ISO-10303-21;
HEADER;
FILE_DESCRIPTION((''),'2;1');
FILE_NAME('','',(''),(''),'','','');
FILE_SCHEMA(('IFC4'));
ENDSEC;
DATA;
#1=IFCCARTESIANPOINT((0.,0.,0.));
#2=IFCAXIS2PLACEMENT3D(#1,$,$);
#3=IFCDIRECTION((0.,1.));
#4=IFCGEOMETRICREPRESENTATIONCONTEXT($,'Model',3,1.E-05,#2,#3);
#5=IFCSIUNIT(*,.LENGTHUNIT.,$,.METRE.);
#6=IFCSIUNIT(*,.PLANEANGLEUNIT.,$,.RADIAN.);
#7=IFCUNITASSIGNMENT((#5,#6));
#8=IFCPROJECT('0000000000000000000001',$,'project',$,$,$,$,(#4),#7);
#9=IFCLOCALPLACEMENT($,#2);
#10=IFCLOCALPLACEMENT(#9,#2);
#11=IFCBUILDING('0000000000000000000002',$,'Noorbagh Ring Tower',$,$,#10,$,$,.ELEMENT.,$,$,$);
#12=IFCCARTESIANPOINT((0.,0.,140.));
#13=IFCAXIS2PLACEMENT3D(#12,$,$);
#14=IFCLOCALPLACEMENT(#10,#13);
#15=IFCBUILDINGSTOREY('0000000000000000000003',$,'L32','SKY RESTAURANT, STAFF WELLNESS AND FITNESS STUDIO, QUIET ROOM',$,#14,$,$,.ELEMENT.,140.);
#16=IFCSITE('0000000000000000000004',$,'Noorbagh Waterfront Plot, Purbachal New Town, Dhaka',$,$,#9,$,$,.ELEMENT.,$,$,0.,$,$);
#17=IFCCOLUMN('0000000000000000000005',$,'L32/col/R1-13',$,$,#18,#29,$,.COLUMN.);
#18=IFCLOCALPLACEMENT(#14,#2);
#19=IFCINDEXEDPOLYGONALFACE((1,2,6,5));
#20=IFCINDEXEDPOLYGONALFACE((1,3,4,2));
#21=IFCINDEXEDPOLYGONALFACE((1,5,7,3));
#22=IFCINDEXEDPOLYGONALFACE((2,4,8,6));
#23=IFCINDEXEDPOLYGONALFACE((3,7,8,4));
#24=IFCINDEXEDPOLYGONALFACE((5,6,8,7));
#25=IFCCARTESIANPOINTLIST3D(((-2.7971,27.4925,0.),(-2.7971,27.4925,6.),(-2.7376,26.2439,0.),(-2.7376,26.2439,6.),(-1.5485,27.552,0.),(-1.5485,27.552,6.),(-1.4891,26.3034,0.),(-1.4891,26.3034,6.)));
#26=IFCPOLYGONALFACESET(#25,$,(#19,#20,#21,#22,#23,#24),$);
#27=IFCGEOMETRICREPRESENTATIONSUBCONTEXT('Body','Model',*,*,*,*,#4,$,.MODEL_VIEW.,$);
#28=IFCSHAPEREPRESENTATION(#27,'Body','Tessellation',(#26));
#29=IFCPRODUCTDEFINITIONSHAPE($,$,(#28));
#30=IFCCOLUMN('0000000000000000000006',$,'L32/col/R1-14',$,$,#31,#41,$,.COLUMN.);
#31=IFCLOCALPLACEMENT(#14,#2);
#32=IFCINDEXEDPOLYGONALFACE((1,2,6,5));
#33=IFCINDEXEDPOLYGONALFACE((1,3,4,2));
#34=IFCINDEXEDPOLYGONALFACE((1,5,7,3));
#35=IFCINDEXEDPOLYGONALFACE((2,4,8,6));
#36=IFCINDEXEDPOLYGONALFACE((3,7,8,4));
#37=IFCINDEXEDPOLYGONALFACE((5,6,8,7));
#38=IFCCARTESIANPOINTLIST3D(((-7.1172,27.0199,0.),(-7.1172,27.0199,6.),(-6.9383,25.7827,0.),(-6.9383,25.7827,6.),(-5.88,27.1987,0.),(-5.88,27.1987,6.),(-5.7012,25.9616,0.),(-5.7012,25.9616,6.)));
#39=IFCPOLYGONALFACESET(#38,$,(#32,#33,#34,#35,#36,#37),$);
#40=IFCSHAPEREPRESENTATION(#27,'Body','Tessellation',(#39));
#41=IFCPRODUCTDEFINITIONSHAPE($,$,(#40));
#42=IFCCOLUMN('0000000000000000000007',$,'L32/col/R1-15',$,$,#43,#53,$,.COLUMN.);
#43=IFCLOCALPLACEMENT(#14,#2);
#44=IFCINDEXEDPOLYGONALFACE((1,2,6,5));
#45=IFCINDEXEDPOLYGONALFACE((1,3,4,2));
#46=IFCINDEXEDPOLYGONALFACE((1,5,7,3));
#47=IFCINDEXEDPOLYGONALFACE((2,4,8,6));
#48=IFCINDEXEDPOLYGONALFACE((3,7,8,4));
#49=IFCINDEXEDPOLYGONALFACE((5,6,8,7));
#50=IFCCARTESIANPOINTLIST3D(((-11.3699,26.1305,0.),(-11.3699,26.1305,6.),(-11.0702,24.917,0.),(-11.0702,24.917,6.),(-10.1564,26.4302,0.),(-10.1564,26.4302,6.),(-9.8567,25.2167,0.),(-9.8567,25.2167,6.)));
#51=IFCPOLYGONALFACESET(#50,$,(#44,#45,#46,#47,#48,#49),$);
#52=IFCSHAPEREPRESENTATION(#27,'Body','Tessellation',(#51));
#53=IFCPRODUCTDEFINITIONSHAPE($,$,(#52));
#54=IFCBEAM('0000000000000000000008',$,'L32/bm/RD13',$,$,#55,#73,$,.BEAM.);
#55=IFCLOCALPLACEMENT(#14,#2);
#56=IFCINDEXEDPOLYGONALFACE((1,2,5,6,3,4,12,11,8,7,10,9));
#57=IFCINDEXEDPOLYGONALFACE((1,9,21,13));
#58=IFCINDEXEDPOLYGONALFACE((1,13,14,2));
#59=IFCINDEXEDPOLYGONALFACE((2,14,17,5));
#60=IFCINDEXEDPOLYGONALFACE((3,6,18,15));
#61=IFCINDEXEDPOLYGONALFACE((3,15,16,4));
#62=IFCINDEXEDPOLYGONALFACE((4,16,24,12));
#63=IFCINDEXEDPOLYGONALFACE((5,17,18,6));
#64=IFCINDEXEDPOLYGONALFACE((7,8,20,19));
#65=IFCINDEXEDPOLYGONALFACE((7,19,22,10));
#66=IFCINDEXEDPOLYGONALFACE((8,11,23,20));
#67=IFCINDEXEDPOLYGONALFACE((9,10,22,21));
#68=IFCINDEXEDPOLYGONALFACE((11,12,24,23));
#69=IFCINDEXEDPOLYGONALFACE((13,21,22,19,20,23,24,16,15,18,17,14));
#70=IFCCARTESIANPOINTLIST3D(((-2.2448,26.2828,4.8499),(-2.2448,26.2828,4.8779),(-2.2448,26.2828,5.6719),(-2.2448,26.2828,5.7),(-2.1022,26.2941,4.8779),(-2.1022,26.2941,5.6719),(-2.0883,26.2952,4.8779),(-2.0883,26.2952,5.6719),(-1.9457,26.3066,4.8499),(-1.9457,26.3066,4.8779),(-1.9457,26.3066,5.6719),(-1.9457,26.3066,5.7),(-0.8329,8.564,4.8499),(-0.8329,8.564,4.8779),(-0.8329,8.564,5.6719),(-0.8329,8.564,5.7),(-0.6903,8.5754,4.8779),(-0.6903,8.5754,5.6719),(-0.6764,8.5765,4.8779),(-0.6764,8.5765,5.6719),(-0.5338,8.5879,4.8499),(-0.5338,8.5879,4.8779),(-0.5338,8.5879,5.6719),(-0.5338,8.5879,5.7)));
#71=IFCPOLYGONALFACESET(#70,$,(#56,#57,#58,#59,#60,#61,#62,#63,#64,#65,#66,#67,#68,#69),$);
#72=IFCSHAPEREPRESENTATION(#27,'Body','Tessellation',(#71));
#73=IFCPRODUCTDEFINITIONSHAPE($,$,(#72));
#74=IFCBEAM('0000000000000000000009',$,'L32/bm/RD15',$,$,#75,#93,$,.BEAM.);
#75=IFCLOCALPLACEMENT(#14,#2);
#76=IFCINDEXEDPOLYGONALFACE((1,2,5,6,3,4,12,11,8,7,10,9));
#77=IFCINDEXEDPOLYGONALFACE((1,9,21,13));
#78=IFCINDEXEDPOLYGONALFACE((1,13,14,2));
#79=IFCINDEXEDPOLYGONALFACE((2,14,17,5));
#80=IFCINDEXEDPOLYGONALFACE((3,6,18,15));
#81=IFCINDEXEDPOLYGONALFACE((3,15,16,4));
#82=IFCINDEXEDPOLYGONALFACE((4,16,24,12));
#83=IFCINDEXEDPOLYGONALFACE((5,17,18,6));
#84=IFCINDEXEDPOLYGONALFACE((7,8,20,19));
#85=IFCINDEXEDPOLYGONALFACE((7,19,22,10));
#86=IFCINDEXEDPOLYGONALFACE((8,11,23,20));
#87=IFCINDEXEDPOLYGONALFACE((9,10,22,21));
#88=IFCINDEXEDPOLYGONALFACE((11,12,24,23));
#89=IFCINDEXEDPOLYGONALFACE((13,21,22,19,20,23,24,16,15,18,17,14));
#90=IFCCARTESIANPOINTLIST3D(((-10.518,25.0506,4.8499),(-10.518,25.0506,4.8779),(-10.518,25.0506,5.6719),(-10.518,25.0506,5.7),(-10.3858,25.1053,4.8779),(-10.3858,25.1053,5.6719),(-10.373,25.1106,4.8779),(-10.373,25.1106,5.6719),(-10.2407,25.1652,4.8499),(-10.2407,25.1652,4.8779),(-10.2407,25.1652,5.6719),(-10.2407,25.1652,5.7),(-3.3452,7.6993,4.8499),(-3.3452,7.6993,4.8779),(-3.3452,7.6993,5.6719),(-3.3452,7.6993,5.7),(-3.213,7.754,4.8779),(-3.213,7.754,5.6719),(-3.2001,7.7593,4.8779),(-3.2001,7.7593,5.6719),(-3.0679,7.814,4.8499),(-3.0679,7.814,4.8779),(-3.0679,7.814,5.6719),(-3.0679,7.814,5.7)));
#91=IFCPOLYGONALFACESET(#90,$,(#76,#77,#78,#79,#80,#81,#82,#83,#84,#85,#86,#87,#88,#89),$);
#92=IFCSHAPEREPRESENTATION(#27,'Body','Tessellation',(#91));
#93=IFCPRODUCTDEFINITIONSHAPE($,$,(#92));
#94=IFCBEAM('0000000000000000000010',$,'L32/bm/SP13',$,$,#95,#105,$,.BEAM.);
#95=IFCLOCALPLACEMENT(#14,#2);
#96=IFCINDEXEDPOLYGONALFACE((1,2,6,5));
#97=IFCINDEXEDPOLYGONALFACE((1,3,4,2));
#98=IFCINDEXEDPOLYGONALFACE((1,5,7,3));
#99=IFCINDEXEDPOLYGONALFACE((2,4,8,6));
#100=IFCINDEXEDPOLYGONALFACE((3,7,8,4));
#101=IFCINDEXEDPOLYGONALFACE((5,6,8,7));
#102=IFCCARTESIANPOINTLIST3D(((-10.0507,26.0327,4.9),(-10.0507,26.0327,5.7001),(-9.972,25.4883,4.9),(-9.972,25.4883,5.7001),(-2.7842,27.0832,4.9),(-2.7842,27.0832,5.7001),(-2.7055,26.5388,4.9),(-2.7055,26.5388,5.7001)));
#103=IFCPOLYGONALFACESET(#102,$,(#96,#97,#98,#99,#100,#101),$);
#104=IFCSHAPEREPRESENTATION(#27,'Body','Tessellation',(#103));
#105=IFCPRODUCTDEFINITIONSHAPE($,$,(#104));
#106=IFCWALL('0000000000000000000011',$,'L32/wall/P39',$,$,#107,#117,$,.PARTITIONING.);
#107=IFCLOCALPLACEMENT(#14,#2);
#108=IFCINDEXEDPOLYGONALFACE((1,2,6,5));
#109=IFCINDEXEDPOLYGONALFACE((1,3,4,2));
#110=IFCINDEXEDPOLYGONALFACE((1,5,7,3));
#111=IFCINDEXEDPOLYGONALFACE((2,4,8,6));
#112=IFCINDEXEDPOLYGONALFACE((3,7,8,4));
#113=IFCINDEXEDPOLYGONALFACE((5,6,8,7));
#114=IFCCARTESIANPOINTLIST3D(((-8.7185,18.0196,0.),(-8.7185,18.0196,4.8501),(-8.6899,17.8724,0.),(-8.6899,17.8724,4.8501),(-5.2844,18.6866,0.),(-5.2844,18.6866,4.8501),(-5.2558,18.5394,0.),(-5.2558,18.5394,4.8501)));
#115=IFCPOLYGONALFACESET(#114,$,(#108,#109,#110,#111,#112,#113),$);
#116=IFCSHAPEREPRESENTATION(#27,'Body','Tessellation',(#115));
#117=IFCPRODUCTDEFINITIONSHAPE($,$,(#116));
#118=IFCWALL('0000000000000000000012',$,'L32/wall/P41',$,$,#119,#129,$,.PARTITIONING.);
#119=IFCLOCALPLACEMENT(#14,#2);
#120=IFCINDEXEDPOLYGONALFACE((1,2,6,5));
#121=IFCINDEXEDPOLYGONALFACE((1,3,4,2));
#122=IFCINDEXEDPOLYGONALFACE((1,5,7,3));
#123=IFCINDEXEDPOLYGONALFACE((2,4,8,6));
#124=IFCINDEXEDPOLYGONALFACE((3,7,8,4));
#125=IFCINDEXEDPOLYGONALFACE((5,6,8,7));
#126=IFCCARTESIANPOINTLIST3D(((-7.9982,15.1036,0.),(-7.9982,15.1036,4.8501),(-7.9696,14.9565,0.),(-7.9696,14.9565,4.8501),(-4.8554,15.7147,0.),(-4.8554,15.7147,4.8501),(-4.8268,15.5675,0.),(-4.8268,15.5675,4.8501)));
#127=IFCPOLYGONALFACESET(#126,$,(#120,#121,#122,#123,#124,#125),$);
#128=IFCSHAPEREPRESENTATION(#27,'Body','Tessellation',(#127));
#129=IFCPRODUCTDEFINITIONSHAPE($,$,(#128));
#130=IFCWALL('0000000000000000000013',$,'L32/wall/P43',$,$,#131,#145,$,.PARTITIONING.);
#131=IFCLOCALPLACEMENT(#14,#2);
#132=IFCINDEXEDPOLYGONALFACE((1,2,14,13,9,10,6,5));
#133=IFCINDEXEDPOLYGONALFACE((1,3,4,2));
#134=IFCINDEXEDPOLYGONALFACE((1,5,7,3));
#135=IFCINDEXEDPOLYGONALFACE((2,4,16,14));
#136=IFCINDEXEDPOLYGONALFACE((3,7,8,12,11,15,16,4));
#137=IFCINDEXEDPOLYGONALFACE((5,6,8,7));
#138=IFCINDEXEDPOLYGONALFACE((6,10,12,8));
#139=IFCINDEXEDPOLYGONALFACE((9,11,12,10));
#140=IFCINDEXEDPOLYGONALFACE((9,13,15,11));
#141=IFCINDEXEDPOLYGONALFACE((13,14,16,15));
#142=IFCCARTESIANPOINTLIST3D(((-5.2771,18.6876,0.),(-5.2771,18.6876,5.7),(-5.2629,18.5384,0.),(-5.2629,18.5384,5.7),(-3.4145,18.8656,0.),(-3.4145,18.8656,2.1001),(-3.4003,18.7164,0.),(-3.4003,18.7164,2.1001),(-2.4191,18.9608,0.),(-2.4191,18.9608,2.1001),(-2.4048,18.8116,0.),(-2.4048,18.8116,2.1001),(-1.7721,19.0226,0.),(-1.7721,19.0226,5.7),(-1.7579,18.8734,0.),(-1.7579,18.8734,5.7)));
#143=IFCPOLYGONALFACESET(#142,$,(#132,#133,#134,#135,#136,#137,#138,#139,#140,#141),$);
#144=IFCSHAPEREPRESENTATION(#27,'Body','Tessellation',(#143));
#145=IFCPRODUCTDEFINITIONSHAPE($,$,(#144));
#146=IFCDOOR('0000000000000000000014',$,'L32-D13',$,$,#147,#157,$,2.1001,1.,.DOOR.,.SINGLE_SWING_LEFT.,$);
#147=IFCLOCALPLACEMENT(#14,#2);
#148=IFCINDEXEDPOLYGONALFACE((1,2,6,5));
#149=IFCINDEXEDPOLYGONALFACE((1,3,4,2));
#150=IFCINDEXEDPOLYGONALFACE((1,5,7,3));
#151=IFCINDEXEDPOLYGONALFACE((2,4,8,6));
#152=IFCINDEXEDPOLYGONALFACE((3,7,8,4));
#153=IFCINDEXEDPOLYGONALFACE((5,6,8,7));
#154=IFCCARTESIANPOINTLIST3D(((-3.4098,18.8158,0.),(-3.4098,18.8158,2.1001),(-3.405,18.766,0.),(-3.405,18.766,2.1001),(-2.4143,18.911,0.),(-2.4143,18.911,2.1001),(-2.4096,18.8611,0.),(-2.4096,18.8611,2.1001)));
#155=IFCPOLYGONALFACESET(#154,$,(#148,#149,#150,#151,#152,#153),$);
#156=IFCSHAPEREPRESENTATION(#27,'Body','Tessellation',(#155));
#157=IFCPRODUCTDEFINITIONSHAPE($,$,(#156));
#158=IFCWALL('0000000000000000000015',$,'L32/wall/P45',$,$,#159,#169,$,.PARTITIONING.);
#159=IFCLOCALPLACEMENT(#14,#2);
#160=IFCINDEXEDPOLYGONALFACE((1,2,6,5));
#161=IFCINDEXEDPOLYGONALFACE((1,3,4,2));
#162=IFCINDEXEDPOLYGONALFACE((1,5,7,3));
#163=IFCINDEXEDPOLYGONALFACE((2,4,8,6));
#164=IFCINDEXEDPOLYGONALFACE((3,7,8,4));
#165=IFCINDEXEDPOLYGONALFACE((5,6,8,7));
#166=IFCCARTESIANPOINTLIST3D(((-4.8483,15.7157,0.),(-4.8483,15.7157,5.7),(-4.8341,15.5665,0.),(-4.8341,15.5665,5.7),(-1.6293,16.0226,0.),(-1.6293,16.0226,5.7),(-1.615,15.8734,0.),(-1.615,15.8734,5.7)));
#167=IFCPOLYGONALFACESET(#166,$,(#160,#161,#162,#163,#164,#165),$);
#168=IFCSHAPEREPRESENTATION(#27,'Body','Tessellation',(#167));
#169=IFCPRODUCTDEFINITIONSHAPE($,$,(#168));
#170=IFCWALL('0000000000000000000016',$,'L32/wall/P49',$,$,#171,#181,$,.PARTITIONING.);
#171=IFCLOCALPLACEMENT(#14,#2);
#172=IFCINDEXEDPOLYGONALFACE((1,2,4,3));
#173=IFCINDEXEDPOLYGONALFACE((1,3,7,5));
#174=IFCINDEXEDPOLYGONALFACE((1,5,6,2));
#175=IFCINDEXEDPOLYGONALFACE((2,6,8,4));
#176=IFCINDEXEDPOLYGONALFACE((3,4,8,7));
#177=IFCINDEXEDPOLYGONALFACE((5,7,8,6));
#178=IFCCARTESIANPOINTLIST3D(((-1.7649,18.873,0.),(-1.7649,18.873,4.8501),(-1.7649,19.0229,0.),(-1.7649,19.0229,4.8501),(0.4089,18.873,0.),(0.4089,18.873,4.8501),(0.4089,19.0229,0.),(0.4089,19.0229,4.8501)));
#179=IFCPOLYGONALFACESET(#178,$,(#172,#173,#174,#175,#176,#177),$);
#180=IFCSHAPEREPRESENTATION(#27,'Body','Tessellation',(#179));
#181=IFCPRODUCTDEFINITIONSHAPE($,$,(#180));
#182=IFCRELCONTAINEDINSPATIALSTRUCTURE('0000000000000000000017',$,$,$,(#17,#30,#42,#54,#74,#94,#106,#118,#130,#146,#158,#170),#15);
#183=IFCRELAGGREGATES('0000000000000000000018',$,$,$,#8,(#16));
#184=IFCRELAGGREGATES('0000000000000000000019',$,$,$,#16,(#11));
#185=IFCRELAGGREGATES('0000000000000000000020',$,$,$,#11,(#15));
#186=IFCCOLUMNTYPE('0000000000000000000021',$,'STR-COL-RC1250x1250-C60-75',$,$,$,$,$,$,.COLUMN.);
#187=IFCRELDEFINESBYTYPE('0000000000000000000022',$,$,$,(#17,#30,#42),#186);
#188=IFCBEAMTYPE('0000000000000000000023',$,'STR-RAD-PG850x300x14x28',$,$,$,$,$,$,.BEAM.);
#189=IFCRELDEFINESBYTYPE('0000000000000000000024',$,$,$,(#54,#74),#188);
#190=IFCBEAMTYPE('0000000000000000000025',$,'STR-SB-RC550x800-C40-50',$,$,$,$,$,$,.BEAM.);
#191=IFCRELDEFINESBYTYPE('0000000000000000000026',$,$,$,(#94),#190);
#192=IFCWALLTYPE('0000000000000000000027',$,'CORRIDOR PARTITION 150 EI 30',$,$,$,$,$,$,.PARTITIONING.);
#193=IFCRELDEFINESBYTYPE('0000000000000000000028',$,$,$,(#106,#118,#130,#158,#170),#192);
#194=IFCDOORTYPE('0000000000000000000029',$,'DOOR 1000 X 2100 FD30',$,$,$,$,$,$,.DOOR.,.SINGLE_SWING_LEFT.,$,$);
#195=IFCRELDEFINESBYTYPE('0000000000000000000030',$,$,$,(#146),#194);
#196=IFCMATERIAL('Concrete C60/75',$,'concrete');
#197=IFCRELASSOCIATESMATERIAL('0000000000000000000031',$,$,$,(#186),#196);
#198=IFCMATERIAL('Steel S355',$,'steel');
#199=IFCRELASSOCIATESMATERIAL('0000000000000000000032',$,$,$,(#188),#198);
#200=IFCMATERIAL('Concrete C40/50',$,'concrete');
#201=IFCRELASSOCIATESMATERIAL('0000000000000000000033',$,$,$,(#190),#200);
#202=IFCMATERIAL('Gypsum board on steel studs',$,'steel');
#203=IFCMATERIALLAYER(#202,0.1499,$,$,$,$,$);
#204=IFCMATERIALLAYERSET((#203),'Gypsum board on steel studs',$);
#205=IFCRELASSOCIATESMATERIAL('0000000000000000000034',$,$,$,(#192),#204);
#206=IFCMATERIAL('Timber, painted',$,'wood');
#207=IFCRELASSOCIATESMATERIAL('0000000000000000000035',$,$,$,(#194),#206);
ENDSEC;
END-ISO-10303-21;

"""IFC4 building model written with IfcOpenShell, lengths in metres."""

from ifc_helpers import new_model, si_unit, direction, frame, frame_2d, origin, origin_2d, place, context, subcontext, project, spatial, rectangle, i_section, extrude, material, layer, layer_set, material_profile, profile_set, type_object, element, fill, save


model = new_model("IFC4")

# Units and contexts
model_context = context("Model", 3, precision=1e-05, world=origin(), true_north=direction((0.0, 1.0)))
body_context = subcontext(model_context, "Body", "Model", "MODEL_VIEW")
ifc_project = project(units=[si_unit("LENGTHUNIT", "METRE"), si_unit("PLANEANGLEUNIT", "RADIAN")], contexts=[model_context])

# Site, building, storey
site_placement = place(None, origin())
site = spatial("IfcSite", under=ifc_project, at=site_placement, Name="Noorbagh Waterfront Plot, Purbachal New Town, Dhaka", CompositionType="ELEMENT", RefElevation=0.0)
building_placement = place(site_placement, origin())
building = spatial("IfcBuilding", under=site, at=building_placement, Name="Noorbagh Ring Tower", CompositionType="ELEMENT")
storey_placement = place(building_placement, frame((0.0, 0.0, 140.0)))
storey = spatial("IfcBuildingStorey", under=building, at=storey_placement, Name="L32", Description="SKY RESTAURANT, STAFF WELLNESS AND FITNESS STUDIO, QUIET ROOM", CompositionType="ELEMENT", Elevation=140.0)

# Columns
ifc_material_1 = material(Name="Concrete C60/75", Category="concrete")
ifc_material_profile_1 = material_profile(ifc_material_1, rectangle(XDim=1.25, YDim=1.25, at=origin_2d()), Name="RC1250x1250")
ifc_profile_set_1 = profile_set([ifc_material_profile_1], Name="Concrete C60/75")
column_type = type_object("IfcColumnType", Name="STR-COL-RC1250x1250-C60-75", PredefinedType="COLUMN", material=ifc_profile_set_1)
for number, where, z_axis, x_axis, name in (
    (1, (-2.1431, 26.8979, 0.0), (0.0, 0.0, 1.0), (-0.998869, -0.047553, 0.0), "L32/col/R1-13"),
    (2, (-6.4092, 26.4907, 0.0), (0.0, 0.0, 1.0), (-0.989713, -0.143066, 0.0), "L32/col/R1-14"),
    (3, (-10.6133, 25.6736, 0.0), (0.0, 0.0, 1.0), (-0.970829, -0.239771, 0.0), "L32/col/R1-15"),
):
    element("IfcColumn", number, at=place(storey_placement, frame(where, z_axis=z_axis, x_axis=x_axis)), inside=storey, type_object=column_type, Name=name, PredefinedType="COLUMN", context=body_context, shape_type="SweptSolid", body=[
        extrude(rectangle(XDim=1.25, YDim=1.25, at=origin_2d()), origin(), (0.0, 0.0, 1.0), 6.0),
    ])

# Beams
ifc_material_2 = material(Name="Steel S355", Category="steel")
ifc_material_profile_2 = material_profile(ifc_material_2, i_section(OverallWidth=0.3, OverallDepth=0.8501, WebThickness=0.0139, FlangeThickness=0.0281, at=origin_2d()), Name="PG850x300x14x28")
ifc_profile_set_2 = profile_set([ifc_material_profile_2], Name="Steel S355")
beam_type_1 = type_object("IfcBeamType", Name="STR-RAD-PG850x300x14x28", PredefinedType="BEAM", material=ifc_profile_set_2)
beam_1_placement = place(storey_placement, frame((-2.0952, 26.2947, 5.2749), z_axis=(0.07943, -0.99684, 0.0), x_axis=(0.99684, 0.07943, 0.0)))
element("IfcBeam", 4, at=beam_1_placement, inside=storey, type_object=beam_type_1, Name="L32/bm/RD13", PredefinedType="BEAM", context=body_context, shape_type="SweptSolid", body=[
    extrude(i_section(OverallWidth=0.3, OverallDepth=0.8501, WebThickness=0.0139, FlangeThickness=0.0281, at=origin_2d()), origin(), (0.0, 0.0, 1.0), 17.7749),
])
beam_2_placement = place(storey_placement, frame((-10.3794, 25.1079, 5.2749), z_axis=(0.382033, -0.924149, 0.0), x_axis=(0.924149, 0.382033, 0.0)))
element("IfcBeam", 5, at=beam_2_placement, inside=storey, type_object=beam_type_1, Name="L32/bm/RD15", PredefinedType="BEAM", context=body_context, shape_type="SweptSolid", body=[
    extrude(i_section(OverallWidth=0.3, OverallDepth=0.8501, WebThickness=0.0139, FlangeThickness=0.0281, at=origin_2d()), origin(), (0.0, 0.0, 1.0), 18.7754),
])
ifc_material_3 = material(Name="Concrete C40/50", Category="concrete")
ifc_material_profile_3 = material_profile(ifc_material_3, rectangle(XDim=0.55, YDim=0.8, at=origin_2d()), Name="RC550x800")
ifc_profile_set_3 = profile_set([ifc_material_profile_3], Name="Concrete C40/50")
beam_type_2 = type_object("IfcBeamType", Name="STR-SB-RC550x800-C40-50", PredefinedType="BEAM", material=ifc_profile_set_3)
beam_3_placement = place(storey_placement, frame((-2.7449, 26.811, 5.3), z_axis=(-0.989711, -0.143083, 0.0), x_axis=(0.143083, -0.989711, 0.0)))
element("IfcBeam", 6, at=beam_3_placement, inside=storey, type_object=beam_type_2, Name="L32/bm/SP13", PredefinedType="BEAM", context=body_context, shape_type="SweptSolid", body=[
    extrude(rectangle(XDim=0.55, YDim=0.8, at=origin_2d()), origin(), (0.0, 0.0, 1.0), 7.342),
])

# Walls
ifc_material_4 = material(Name="Gypsum board on steel studs", Category="steel")
ifc_layer_1 = layer(ifc_material_4, 0.1499)
ifc_layer_set_1 = layer_set([ifc_layer_1], Name="Gypsum board on steel studs")
wall_type = type_object("IfcWallType", Name="CORRIDOR PARTITION 150 EI 30", PredefinedType="PARTITIONING", material=ifc_layer_set_1)
wall_1_placement = place(storey_placement, frame((-8.7041, 17.946, 0.0), z_axis=(0.0, 0.0, 1.0), x_axis=(0.981655, 0.190664, 0.0)))
element("IfcWall", 7, at=wall_1_placement, inside=storey, type_object=wall_type, Name="L32/wall/P39", PredefinedType="PARTITIONING", context=body_context, shape_type="SweptSolid", body=[
    extrude(rectangle(XDim=3.4983, YDim=0.1499, at=frame_2d((1.749, 0.0))), origin(), (0.0, 0.0, 1.0), 4.8501),
])
wall_2_placement = place(storey_placement, frame((-7.9839, 15.03, 0.0), z_axis=(0.0, 0.0, 1.0), x_axis=(0.981617, 0.190864, 0.0)))
element("IfcWall", 8, at=wall_2_placement, inside=storey, type_object=wall_type, Name="L32/wall/P41", PredefinedType="PARTITIONING", context=body_context, shape_type="SweptSolid", body=[
    extrude(rectangle(XDim=3.2017, YDim=0.1499, at=frame_2d((1.6008, 0.0))), origin(), (0.0, 0.0, 1.0), 4.8501),
])

# Wall, opening, door
wall_3_placement = place(storey_placement, frame((-5.27, 18.613, 0.0), z_axis=(0.0, 0.0, 1.0), x_axis=(0.995465, 0.09513, 0.0)))
wall_3 = element("IfcWall", 9, at=wall_3_placement, inside=storey, type_object=wall_type, Name="L32/wall/P43", PredefinedType="PARTITIONING", context=body_context, shape_type="SweptSolid", body=[
    extrude(rectangle(XDim=3.521, YDim=0.1499, at=frame_2d((1.7605, 0.0))), origin(), (0.0, 0.0, 1.0), 5.7),
])
opening_1_placement = place(wall_3_placement, frame((1.8711, 0.0, 0.0)))
opening_1 = element("IfcOpeningElement", 10, at=opening_1_placement, cuts=wall_3, PredefinedType="OPENING", context=body_context, shape_type="SweptSolid", body=[
    extrude(rectangle(XDim=1.0, YDim=2.1001, at=frame_2d((0.5, 1.05))), frame((0.0, 0.085, 0.0), z_axis=(0.0, -1.0, 0.0), x_axis=(1.0, 0.0, 0.0)), (0.0, 0.0, 1.0), 0.1699),
])
ifc_material_5 = material(Name="Timber, painted", Category="wood")
door_type = type_object("IfcDoorType", Name="DOOR 1000 X 2100 FD30", OperationType="SINGLE_SWING_LEFT", PredefinedType="DOOR", material=ifc_material_5)
door_1_placement = place(opening_1_placement, origin())
door_1 = element("IfcDoor", 11, at=door_1_placement, inside=storey, type_object=door_type, Name="L32-D13", OperationType="SINGLE_SWING_LEFT", OverallHeight=2.1001, OverallWidth=1.0, PredefinedType="DOOR", context=body_context, shape_type="SweptSolid", body=[
    extrude(rectangle(XDim=1.0, YDim=2.1001, at=frame_2d((0.5, 1.05))), frame((0.0, 0.0249, 0.0), z_axis=(0.0, -1.0, 0.0), x_axis=(1.0, 0.0, 0.0)), (0.0, 0.0, 1.0), 0.05),
])
fill(opening_1, door_1)

# Walls
wall_4_placement = place(storey_placement, frame((-4.8411, 15.6411, 0.0), z_axis=(0.0, 0.0, 1.0), x_axis=(0.995486, 0.094905, 0.0)))
element("IfcWall", 12, at=wall_4_placement, inside=storey, type_object=wall_type, Name="L32/wall/P45", PredefinedType="PARTITIONING", context=body_context, shape_type="SweptSolid", body=[
    extrude(rectangle(XDim=3.2336, YDim=0.1499, at=frame_2d((1.6167, 0.0))), origin(), (0.0, 0.0, 1.0), 5.7),
])
wall_5_placement = place(storey_placement, frame((-1.7649, 18.948, 0.0), z_axis=(0.0, 0.0, 1.0), x_axis=(1.0, 0.0, 0.0)))
element("IfcWall", 13, at=wall_5_placement, inside=storey, type_object=wall_type, Name="L32/wall/P49", PredefinedType="PARTITIONING", context=body_context, shape_type="SweptSolid", body=[
    extrude(rectangle(XDim=2.1738, YDim=0.1499, at=frame_2d((1.0869, 0.0))), origin(), (0.0, 0.0, 1.0), 4.8501),
])

save(model, "model.ifc")
